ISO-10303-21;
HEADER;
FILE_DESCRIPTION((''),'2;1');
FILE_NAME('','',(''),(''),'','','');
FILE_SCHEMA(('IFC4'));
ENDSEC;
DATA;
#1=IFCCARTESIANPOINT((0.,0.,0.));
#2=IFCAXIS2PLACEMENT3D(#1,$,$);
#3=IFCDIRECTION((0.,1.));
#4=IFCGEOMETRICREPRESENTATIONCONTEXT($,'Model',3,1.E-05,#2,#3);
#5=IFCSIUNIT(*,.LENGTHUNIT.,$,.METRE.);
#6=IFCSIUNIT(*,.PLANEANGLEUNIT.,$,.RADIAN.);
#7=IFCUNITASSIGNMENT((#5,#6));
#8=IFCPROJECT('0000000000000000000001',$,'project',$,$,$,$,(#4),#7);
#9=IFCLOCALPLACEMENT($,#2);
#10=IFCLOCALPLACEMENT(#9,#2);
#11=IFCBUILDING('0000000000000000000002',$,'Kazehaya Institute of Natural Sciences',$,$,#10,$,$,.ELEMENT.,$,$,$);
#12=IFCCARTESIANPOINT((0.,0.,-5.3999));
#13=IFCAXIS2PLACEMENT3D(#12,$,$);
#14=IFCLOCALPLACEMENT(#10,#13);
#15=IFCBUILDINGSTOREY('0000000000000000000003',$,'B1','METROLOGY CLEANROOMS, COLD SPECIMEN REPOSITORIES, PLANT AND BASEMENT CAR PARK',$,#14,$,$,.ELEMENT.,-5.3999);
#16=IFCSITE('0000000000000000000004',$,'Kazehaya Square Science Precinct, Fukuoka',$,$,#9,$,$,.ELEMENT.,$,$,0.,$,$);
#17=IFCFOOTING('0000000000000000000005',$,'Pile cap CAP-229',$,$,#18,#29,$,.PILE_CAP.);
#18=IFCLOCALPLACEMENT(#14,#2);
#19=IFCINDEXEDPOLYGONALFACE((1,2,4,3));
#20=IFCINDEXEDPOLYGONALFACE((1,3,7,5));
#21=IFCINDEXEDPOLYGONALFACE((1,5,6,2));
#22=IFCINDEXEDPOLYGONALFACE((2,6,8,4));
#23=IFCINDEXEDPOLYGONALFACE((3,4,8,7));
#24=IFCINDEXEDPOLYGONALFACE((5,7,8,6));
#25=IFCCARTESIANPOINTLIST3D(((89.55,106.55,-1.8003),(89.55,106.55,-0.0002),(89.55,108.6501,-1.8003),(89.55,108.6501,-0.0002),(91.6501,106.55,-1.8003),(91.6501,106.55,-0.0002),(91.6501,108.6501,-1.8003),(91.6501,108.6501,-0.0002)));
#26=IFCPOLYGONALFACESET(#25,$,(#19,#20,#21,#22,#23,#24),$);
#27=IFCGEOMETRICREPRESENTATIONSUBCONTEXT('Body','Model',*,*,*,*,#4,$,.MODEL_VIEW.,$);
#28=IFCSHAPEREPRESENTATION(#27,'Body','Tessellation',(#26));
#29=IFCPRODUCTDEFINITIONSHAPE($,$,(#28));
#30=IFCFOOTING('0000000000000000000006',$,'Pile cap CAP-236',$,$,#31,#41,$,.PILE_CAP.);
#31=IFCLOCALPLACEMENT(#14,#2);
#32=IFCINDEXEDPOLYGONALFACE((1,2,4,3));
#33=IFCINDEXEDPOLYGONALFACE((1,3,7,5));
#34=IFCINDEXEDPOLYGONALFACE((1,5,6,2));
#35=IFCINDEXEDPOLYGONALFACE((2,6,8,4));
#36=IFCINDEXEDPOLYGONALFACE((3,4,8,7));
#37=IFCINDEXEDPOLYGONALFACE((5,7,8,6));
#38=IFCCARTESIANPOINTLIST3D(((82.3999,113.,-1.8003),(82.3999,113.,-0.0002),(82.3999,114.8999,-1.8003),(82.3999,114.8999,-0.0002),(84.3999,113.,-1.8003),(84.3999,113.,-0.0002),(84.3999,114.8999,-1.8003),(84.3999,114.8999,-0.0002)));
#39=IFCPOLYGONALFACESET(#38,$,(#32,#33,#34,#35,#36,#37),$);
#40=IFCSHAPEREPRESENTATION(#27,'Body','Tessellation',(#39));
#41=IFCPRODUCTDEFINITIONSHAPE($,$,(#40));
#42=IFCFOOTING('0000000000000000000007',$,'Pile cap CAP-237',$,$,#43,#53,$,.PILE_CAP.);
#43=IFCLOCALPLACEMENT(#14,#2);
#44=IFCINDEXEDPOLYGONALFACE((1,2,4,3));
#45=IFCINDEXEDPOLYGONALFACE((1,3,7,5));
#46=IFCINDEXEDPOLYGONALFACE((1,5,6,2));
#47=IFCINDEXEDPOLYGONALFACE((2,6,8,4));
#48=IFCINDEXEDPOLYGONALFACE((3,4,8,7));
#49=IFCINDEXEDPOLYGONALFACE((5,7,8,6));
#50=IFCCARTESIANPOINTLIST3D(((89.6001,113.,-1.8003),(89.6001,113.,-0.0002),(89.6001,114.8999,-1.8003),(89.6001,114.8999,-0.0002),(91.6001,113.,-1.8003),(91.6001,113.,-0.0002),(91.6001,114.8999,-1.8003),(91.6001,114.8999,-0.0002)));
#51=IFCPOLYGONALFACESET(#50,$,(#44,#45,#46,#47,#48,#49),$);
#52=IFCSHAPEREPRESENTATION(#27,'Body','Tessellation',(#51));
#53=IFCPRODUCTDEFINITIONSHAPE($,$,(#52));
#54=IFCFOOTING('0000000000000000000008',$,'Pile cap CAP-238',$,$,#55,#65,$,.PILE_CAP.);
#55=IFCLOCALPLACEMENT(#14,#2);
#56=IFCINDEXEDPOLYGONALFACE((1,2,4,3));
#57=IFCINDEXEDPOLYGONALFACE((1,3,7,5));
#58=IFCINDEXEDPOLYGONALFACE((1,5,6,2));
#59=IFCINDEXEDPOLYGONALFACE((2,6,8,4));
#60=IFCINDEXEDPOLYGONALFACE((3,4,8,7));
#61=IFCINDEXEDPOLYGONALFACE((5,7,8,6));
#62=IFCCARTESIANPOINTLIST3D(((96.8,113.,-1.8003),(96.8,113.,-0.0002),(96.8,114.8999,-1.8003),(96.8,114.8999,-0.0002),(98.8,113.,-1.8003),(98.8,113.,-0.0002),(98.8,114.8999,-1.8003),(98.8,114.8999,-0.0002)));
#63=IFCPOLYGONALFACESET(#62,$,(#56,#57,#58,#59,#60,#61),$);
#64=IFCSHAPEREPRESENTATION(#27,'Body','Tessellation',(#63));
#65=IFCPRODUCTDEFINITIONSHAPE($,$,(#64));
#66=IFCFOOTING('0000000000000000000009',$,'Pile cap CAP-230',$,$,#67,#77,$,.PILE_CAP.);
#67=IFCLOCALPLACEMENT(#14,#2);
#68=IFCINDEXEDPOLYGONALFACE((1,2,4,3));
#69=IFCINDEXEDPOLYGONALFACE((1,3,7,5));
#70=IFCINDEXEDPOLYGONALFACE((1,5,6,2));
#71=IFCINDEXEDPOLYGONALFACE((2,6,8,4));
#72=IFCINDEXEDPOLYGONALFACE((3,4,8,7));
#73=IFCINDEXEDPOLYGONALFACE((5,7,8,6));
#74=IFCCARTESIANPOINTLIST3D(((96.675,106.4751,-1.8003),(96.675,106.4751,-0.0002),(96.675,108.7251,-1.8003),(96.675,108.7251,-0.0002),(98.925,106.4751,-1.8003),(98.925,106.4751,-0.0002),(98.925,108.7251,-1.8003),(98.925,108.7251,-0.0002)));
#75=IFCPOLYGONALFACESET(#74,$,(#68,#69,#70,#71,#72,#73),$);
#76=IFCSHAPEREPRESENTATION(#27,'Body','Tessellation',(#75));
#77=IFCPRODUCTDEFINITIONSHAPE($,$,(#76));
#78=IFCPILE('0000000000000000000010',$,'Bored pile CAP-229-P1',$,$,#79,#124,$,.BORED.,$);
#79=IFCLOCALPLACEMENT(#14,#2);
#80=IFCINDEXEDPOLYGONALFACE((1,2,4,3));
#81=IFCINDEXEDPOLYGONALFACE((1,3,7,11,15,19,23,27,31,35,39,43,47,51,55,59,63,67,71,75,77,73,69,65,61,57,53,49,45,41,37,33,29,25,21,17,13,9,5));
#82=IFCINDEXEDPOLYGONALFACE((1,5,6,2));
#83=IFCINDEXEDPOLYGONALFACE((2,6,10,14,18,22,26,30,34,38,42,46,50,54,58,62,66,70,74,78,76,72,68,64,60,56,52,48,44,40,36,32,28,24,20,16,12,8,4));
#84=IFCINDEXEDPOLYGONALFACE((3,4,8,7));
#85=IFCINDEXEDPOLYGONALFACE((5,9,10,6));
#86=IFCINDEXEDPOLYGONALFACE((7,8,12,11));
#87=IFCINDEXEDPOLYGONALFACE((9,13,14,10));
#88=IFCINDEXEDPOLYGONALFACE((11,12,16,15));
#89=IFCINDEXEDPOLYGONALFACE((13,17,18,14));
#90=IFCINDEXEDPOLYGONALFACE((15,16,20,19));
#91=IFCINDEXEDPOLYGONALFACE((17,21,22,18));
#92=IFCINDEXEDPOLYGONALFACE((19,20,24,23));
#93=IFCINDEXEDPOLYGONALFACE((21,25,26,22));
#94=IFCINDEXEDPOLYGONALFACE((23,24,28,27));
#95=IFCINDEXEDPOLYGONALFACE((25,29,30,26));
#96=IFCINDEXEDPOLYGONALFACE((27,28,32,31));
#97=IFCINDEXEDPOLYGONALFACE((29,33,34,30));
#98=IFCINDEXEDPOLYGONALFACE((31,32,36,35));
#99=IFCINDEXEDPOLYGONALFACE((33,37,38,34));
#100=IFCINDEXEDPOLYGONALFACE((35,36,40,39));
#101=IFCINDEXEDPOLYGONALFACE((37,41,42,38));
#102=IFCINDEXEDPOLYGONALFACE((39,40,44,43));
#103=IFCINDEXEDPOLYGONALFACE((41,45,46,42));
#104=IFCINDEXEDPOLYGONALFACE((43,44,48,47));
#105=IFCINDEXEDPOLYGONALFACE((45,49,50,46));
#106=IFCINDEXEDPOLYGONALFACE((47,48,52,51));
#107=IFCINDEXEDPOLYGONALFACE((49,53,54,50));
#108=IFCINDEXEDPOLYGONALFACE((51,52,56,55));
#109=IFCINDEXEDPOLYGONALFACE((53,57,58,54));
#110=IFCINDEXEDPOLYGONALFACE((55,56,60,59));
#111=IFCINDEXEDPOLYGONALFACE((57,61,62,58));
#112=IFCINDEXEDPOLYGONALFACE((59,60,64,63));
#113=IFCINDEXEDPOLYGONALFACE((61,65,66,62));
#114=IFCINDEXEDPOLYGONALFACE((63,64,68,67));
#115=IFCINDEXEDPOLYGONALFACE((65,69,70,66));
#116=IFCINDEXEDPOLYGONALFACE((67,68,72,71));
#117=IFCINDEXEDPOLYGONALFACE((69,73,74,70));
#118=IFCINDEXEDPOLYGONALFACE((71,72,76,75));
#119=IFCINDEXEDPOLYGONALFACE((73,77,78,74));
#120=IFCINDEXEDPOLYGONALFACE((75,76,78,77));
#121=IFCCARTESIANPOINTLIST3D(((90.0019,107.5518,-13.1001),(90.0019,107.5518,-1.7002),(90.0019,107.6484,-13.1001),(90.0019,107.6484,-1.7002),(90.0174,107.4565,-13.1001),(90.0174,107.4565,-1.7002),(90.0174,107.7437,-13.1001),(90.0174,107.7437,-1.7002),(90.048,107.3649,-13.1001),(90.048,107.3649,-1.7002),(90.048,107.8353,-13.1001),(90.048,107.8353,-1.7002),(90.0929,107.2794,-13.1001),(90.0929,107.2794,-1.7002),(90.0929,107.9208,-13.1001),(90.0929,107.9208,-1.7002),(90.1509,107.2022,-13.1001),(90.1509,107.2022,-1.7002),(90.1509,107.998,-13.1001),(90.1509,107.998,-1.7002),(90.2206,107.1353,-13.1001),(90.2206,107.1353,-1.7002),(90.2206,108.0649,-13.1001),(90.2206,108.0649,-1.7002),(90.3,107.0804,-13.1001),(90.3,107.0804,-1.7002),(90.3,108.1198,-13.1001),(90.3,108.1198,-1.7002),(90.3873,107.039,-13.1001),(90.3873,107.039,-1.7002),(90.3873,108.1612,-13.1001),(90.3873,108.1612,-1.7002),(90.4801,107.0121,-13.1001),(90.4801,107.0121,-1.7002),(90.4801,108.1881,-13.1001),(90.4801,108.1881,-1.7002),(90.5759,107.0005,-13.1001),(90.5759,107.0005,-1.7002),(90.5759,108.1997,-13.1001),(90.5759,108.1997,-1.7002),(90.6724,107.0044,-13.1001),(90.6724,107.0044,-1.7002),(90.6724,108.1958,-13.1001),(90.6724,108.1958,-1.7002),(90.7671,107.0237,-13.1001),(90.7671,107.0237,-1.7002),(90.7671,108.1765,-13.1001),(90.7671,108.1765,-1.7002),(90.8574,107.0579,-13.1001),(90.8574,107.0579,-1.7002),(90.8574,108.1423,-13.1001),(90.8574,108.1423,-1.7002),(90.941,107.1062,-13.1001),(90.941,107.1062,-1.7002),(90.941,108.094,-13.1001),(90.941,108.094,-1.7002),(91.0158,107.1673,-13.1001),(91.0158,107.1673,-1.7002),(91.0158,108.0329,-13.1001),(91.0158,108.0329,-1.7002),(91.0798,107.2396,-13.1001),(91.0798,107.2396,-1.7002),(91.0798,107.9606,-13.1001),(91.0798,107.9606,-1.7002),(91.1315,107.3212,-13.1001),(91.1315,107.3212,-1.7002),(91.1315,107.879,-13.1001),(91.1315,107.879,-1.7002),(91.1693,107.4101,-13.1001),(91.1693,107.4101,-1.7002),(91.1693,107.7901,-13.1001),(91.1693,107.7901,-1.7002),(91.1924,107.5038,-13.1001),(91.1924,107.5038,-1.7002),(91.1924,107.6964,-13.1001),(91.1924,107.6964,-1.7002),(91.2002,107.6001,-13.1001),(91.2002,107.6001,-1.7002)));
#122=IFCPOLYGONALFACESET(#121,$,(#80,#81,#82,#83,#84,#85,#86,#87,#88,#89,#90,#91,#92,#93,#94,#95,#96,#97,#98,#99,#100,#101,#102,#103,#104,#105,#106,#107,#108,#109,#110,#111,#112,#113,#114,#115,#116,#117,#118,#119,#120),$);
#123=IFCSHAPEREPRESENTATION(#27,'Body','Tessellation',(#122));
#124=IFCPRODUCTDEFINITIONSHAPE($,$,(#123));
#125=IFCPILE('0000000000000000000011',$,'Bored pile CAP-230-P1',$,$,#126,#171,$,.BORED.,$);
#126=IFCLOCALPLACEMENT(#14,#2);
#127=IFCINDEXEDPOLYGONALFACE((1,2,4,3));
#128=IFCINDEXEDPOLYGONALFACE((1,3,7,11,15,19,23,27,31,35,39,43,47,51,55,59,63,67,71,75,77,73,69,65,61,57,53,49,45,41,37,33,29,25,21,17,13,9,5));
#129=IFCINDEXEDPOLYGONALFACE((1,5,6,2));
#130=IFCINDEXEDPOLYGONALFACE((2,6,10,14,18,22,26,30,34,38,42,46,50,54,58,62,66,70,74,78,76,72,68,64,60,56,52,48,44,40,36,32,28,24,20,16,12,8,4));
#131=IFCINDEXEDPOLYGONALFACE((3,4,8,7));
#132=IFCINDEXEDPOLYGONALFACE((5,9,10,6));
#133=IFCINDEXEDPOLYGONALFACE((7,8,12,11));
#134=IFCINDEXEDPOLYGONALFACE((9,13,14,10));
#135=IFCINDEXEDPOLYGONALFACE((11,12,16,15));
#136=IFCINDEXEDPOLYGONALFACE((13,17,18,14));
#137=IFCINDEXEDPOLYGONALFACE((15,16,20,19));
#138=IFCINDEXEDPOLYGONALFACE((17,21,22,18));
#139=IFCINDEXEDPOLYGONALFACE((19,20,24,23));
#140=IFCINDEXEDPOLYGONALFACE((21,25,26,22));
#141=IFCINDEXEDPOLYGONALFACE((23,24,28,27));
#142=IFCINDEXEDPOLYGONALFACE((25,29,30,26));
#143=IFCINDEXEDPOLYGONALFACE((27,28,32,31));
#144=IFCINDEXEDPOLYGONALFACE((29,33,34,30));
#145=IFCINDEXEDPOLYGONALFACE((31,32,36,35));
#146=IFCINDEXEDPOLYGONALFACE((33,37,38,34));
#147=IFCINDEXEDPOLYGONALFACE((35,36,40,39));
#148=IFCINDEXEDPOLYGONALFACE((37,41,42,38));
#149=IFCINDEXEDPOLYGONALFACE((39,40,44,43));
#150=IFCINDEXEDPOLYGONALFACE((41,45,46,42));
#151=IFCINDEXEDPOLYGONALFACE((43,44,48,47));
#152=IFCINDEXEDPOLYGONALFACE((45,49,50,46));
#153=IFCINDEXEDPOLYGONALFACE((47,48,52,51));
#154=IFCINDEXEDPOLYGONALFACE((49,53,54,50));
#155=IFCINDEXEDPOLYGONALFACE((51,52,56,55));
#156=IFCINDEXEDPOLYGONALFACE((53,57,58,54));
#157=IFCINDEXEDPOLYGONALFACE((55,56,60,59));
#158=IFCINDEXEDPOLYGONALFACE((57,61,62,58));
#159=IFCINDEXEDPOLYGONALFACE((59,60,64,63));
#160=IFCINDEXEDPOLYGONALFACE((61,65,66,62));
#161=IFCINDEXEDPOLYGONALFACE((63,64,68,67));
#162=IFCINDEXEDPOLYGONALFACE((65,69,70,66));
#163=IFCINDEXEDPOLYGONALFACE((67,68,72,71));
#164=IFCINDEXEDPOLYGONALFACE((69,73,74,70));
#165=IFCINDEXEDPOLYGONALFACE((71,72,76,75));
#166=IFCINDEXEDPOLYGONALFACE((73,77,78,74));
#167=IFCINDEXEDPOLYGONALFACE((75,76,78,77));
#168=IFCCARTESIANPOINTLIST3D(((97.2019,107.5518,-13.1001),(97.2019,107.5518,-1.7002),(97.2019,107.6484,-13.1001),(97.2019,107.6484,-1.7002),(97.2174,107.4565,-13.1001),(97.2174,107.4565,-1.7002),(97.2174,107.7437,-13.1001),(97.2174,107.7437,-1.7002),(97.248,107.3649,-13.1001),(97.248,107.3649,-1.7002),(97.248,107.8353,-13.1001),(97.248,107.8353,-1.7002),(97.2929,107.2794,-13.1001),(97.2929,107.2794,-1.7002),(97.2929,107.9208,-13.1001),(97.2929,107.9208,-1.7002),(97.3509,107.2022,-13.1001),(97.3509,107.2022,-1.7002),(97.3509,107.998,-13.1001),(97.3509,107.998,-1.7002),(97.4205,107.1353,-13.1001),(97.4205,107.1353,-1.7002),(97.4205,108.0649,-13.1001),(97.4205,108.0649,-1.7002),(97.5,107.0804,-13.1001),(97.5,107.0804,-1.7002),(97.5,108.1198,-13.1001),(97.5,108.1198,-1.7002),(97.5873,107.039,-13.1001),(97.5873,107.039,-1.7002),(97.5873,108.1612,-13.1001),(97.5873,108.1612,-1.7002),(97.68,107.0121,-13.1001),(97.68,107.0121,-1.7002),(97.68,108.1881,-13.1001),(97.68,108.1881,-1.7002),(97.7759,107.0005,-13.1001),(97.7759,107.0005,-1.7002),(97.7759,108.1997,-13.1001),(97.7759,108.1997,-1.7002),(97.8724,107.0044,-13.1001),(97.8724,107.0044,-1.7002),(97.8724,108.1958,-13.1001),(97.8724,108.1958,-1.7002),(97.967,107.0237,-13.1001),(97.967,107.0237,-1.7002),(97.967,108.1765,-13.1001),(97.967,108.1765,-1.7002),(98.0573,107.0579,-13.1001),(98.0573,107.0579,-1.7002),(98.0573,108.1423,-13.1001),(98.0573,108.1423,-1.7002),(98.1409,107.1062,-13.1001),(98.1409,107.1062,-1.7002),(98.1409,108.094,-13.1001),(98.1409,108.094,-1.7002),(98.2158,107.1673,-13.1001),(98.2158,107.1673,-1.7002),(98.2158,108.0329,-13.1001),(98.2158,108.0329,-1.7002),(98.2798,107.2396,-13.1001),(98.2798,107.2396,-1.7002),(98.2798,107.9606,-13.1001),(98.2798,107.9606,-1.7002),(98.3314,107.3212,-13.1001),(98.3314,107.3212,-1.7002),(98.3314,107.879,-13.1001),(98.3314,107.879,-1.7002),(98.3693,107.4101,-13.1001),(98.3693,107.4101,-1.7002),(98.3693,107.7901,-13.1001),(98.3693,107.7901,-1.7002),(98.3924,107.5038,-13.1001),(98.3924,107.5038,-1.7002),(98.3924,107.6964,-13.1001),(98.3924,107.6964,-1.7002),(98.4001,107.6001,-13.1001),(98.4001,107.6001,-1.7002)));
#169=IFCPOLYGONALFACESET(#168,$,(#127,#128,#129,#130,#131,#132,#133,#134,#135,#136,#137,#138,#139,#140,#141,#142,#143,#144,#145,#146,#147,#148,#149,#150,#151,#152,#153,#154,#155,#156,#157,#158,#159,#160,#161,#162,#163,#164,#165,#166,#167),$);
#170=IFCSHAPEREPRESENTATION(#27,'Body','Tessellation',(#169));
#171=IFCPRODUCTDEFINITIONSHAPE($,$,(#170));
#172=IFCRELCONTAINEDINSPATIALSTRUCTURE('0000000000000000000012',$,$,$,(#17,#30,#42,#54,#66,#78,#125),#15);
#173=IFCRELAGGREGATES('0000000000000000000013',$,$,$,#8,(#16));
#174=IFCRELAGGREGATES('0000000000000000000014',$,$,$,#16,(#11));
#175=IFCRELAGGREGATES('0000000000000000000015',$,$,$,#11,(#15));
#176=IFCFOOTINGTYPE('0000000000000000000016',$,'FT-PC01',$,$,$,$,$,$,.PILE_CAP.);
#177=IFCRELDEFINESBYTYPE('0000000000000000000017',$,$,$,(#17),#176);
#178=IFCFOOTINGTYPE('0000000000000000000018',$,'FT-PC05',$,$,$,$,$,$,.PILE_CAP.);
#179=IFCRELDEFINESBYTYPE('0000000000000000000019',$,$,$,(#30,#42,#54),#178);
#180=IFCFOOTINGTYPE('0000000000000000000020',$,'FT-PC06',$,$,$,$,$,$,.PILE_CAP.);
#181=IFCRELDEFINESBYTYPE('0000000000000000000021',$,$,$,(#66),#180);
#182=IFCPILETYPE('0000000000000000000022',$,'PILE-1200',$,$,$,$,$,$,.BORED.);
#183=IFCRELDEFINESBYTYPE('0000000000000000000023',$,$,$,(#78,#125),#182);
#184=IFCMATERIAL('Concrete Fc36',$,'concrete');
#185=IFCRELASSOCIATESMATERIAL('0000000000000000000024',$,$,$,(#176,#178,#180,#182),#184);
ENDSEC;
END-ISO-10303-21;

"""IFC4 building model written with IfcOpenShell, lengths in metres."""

from ifc_helpers import new_model, si_unit, direction, frame, origin, origin_2d, place, context, subcontext, project, spatial, rectangle, circle, extrude, material, material_profile, profile_set, type_object, element, save


model = new_model("IFC4")

# Units and contexts
model_context = context("Model", 3, precision=1e-05, world=origin(), true_north=direction((0.0, 1.0)))
body_context = subcontext(model_context, "Body", "Model", "MODEL_VIEW")
ifc_project = project(units=[si_unit("LENGTHUNIT", "METRE"), si_unit("PLANEANGLEUNIT", "RADIAN")], contexts=[model_context])

# Site, building, storey
site_placement = place(None, origin())
site = spatial("IfcSite", under=ifc_project, at=site_placement, Name="Kazehaya Square Science Precinct, Fukuoka", CompositionType="ELEMENT", RefElevation=0.0)
building_placement = place(site_placement, origin())
building = spatial("IfcBuilding", under=site, at=building_placement, Name="Kazehaya Institute of Natural Sciences", CompositionType="ELEMENT")
storey_placement = place(building_placement, frame((0.0, 0.0, -5.3999)))
storey = spatial("IfcBuildingStorey", under=building, at=storey_placement, Name="B1", Description="METROLOGY CLEANROOMS, COLD SPECIMEN REPOSITORIES, PLANT AND BASEMENT CAR PARK", CompositionType="ELEMENT", Elevation=-5.3999)

# Footings
ifc_material_1 = material(Name="Concrete Fc36", Category="concrete")
footing_type_1 = type_object("IfcFootingType", Name="FT-PC01", PredefinedType="PILE_CAP", material=ifc_material_1)
footing_1_placement = place(storey_placement, frame((90.6001, 107.6001, -1.8003), z_axis=(0.0, 0.0, 1.0), x_axis=(1.0, 0.0, 0.0)))
element("IfcFooting", 1, at=footing_1_placement, inside=storey, type_object=footing_type_1, Name="Pile cap CAP-229", PredefinedType="PILE_CAP", context=body_context, shape_type="SweptSolid", body=[
    extrude(rectangle(XDim=2.1001, YDim=2.1001, at=origin_2d()), origin(), (0.0, 0.0, 1.0), 1.8),
])
footing_type_2 = type_object("IfcFootingType", Name="FT-PC05", PredefinedType="PILE_CAP", material=ifc_material_1)
for number, where, z_axis, x_axis, name in (
    (2, (83.3999, 113.95, -1.8003), (0.0, 0.0, 1.0), (1.0, 0.0, 0.0), "Pile cap CAP-236"),
    (3, (90.6001, 113.95, -1.8003), (0.0, 0.0, 1.0), (1.0, 0.0, 0.0), "Pile cap CAP-237"),
    (4, (97.8, 113.95, -1.8003), (0.0, 0.0, 1.0), (1.0, 0.0, 0.0), "Pile cap CAP-238"),
):
    element("IfcFooting", number, at=place(storey_placement, frame(where, z_axis=z_axis, x_axis=x_axis)), inside=storey, type_object=footing_type_2, Name=name, PredefinedType="PILE_CAP", context=body_context, shape_type="SweptSolid", body=[
        extrude(rectangle(XDim=2.0, YDim=1.8999, at=origin_2d()), origin(), (0.0, 0.0, 1.0), 1.8),
    ])
footing_type_3 = type_object("IfcFootingType", Name="FT-PC06", PredefinedType="PILE_CAP", material=ifc_material_1)
footing_2_placement = place(storey_placement, frame((97.8, 107.6001, -1.8003), z_axis=(0.0, 0.0, 1.0), x_axis=(1.0, 0.0, 0.0)))
element("IfcFooting", 5, at=footing_2_placement, inside=storey, type_object=footing_type_3, Name="Pile cap CAP-230", PredefinedType="PILE_CAP", context=body_context, shape_type="SweptSolid", body=[
    extrude(rectangle(XDim=2.25, YDim=2.25, at=origin_2d()), origin(), (0.0, 0.0, 1.0), 1.8),
])

# Piles
ifc_material_profile_1 = material_profile(ifc_material_1, circle(Radius=0.6001, at=origin_2d()), Name="PILE-1200")
ifc_profile_set_1 = profile_set([ifc_material_profile_1], Name="Concrete Fc36")
pile_type = type_object("IfcPileType", Name="PILE-1200", PredefinedType="BORED", material=ifc_profile_set_1)
for number, where, z_axis, x_axis, name in (
    (6, (90.6001, 107.6001, -1.7002), (0.0, 0.0, -1.0), (1.0, 0.0, 0.0), "Bored pile CAP-229-P1"),
    (7, (97.8, 107.6001, -1.7002), (0.0, 0.0, -1.0), (1.0, 0.0, 0.0), "Bored pile CAP-230-P1"),
):
    element("IfcPile", number, at=place(storey_placement, frame(where, z_axis=z_axis, x_axis=x_axis)), inside=storey, type_object=pile_type, Name=name, PredefinedType="BORED", context=body_context, shape_type="SweptSolid", body=[
        extrude(circle(Radius=0.6001, at=origin_2d()), origin(), (0.0, 0.0, 1.0), 11.3999),
    ])

save(model, "model.ifc")
